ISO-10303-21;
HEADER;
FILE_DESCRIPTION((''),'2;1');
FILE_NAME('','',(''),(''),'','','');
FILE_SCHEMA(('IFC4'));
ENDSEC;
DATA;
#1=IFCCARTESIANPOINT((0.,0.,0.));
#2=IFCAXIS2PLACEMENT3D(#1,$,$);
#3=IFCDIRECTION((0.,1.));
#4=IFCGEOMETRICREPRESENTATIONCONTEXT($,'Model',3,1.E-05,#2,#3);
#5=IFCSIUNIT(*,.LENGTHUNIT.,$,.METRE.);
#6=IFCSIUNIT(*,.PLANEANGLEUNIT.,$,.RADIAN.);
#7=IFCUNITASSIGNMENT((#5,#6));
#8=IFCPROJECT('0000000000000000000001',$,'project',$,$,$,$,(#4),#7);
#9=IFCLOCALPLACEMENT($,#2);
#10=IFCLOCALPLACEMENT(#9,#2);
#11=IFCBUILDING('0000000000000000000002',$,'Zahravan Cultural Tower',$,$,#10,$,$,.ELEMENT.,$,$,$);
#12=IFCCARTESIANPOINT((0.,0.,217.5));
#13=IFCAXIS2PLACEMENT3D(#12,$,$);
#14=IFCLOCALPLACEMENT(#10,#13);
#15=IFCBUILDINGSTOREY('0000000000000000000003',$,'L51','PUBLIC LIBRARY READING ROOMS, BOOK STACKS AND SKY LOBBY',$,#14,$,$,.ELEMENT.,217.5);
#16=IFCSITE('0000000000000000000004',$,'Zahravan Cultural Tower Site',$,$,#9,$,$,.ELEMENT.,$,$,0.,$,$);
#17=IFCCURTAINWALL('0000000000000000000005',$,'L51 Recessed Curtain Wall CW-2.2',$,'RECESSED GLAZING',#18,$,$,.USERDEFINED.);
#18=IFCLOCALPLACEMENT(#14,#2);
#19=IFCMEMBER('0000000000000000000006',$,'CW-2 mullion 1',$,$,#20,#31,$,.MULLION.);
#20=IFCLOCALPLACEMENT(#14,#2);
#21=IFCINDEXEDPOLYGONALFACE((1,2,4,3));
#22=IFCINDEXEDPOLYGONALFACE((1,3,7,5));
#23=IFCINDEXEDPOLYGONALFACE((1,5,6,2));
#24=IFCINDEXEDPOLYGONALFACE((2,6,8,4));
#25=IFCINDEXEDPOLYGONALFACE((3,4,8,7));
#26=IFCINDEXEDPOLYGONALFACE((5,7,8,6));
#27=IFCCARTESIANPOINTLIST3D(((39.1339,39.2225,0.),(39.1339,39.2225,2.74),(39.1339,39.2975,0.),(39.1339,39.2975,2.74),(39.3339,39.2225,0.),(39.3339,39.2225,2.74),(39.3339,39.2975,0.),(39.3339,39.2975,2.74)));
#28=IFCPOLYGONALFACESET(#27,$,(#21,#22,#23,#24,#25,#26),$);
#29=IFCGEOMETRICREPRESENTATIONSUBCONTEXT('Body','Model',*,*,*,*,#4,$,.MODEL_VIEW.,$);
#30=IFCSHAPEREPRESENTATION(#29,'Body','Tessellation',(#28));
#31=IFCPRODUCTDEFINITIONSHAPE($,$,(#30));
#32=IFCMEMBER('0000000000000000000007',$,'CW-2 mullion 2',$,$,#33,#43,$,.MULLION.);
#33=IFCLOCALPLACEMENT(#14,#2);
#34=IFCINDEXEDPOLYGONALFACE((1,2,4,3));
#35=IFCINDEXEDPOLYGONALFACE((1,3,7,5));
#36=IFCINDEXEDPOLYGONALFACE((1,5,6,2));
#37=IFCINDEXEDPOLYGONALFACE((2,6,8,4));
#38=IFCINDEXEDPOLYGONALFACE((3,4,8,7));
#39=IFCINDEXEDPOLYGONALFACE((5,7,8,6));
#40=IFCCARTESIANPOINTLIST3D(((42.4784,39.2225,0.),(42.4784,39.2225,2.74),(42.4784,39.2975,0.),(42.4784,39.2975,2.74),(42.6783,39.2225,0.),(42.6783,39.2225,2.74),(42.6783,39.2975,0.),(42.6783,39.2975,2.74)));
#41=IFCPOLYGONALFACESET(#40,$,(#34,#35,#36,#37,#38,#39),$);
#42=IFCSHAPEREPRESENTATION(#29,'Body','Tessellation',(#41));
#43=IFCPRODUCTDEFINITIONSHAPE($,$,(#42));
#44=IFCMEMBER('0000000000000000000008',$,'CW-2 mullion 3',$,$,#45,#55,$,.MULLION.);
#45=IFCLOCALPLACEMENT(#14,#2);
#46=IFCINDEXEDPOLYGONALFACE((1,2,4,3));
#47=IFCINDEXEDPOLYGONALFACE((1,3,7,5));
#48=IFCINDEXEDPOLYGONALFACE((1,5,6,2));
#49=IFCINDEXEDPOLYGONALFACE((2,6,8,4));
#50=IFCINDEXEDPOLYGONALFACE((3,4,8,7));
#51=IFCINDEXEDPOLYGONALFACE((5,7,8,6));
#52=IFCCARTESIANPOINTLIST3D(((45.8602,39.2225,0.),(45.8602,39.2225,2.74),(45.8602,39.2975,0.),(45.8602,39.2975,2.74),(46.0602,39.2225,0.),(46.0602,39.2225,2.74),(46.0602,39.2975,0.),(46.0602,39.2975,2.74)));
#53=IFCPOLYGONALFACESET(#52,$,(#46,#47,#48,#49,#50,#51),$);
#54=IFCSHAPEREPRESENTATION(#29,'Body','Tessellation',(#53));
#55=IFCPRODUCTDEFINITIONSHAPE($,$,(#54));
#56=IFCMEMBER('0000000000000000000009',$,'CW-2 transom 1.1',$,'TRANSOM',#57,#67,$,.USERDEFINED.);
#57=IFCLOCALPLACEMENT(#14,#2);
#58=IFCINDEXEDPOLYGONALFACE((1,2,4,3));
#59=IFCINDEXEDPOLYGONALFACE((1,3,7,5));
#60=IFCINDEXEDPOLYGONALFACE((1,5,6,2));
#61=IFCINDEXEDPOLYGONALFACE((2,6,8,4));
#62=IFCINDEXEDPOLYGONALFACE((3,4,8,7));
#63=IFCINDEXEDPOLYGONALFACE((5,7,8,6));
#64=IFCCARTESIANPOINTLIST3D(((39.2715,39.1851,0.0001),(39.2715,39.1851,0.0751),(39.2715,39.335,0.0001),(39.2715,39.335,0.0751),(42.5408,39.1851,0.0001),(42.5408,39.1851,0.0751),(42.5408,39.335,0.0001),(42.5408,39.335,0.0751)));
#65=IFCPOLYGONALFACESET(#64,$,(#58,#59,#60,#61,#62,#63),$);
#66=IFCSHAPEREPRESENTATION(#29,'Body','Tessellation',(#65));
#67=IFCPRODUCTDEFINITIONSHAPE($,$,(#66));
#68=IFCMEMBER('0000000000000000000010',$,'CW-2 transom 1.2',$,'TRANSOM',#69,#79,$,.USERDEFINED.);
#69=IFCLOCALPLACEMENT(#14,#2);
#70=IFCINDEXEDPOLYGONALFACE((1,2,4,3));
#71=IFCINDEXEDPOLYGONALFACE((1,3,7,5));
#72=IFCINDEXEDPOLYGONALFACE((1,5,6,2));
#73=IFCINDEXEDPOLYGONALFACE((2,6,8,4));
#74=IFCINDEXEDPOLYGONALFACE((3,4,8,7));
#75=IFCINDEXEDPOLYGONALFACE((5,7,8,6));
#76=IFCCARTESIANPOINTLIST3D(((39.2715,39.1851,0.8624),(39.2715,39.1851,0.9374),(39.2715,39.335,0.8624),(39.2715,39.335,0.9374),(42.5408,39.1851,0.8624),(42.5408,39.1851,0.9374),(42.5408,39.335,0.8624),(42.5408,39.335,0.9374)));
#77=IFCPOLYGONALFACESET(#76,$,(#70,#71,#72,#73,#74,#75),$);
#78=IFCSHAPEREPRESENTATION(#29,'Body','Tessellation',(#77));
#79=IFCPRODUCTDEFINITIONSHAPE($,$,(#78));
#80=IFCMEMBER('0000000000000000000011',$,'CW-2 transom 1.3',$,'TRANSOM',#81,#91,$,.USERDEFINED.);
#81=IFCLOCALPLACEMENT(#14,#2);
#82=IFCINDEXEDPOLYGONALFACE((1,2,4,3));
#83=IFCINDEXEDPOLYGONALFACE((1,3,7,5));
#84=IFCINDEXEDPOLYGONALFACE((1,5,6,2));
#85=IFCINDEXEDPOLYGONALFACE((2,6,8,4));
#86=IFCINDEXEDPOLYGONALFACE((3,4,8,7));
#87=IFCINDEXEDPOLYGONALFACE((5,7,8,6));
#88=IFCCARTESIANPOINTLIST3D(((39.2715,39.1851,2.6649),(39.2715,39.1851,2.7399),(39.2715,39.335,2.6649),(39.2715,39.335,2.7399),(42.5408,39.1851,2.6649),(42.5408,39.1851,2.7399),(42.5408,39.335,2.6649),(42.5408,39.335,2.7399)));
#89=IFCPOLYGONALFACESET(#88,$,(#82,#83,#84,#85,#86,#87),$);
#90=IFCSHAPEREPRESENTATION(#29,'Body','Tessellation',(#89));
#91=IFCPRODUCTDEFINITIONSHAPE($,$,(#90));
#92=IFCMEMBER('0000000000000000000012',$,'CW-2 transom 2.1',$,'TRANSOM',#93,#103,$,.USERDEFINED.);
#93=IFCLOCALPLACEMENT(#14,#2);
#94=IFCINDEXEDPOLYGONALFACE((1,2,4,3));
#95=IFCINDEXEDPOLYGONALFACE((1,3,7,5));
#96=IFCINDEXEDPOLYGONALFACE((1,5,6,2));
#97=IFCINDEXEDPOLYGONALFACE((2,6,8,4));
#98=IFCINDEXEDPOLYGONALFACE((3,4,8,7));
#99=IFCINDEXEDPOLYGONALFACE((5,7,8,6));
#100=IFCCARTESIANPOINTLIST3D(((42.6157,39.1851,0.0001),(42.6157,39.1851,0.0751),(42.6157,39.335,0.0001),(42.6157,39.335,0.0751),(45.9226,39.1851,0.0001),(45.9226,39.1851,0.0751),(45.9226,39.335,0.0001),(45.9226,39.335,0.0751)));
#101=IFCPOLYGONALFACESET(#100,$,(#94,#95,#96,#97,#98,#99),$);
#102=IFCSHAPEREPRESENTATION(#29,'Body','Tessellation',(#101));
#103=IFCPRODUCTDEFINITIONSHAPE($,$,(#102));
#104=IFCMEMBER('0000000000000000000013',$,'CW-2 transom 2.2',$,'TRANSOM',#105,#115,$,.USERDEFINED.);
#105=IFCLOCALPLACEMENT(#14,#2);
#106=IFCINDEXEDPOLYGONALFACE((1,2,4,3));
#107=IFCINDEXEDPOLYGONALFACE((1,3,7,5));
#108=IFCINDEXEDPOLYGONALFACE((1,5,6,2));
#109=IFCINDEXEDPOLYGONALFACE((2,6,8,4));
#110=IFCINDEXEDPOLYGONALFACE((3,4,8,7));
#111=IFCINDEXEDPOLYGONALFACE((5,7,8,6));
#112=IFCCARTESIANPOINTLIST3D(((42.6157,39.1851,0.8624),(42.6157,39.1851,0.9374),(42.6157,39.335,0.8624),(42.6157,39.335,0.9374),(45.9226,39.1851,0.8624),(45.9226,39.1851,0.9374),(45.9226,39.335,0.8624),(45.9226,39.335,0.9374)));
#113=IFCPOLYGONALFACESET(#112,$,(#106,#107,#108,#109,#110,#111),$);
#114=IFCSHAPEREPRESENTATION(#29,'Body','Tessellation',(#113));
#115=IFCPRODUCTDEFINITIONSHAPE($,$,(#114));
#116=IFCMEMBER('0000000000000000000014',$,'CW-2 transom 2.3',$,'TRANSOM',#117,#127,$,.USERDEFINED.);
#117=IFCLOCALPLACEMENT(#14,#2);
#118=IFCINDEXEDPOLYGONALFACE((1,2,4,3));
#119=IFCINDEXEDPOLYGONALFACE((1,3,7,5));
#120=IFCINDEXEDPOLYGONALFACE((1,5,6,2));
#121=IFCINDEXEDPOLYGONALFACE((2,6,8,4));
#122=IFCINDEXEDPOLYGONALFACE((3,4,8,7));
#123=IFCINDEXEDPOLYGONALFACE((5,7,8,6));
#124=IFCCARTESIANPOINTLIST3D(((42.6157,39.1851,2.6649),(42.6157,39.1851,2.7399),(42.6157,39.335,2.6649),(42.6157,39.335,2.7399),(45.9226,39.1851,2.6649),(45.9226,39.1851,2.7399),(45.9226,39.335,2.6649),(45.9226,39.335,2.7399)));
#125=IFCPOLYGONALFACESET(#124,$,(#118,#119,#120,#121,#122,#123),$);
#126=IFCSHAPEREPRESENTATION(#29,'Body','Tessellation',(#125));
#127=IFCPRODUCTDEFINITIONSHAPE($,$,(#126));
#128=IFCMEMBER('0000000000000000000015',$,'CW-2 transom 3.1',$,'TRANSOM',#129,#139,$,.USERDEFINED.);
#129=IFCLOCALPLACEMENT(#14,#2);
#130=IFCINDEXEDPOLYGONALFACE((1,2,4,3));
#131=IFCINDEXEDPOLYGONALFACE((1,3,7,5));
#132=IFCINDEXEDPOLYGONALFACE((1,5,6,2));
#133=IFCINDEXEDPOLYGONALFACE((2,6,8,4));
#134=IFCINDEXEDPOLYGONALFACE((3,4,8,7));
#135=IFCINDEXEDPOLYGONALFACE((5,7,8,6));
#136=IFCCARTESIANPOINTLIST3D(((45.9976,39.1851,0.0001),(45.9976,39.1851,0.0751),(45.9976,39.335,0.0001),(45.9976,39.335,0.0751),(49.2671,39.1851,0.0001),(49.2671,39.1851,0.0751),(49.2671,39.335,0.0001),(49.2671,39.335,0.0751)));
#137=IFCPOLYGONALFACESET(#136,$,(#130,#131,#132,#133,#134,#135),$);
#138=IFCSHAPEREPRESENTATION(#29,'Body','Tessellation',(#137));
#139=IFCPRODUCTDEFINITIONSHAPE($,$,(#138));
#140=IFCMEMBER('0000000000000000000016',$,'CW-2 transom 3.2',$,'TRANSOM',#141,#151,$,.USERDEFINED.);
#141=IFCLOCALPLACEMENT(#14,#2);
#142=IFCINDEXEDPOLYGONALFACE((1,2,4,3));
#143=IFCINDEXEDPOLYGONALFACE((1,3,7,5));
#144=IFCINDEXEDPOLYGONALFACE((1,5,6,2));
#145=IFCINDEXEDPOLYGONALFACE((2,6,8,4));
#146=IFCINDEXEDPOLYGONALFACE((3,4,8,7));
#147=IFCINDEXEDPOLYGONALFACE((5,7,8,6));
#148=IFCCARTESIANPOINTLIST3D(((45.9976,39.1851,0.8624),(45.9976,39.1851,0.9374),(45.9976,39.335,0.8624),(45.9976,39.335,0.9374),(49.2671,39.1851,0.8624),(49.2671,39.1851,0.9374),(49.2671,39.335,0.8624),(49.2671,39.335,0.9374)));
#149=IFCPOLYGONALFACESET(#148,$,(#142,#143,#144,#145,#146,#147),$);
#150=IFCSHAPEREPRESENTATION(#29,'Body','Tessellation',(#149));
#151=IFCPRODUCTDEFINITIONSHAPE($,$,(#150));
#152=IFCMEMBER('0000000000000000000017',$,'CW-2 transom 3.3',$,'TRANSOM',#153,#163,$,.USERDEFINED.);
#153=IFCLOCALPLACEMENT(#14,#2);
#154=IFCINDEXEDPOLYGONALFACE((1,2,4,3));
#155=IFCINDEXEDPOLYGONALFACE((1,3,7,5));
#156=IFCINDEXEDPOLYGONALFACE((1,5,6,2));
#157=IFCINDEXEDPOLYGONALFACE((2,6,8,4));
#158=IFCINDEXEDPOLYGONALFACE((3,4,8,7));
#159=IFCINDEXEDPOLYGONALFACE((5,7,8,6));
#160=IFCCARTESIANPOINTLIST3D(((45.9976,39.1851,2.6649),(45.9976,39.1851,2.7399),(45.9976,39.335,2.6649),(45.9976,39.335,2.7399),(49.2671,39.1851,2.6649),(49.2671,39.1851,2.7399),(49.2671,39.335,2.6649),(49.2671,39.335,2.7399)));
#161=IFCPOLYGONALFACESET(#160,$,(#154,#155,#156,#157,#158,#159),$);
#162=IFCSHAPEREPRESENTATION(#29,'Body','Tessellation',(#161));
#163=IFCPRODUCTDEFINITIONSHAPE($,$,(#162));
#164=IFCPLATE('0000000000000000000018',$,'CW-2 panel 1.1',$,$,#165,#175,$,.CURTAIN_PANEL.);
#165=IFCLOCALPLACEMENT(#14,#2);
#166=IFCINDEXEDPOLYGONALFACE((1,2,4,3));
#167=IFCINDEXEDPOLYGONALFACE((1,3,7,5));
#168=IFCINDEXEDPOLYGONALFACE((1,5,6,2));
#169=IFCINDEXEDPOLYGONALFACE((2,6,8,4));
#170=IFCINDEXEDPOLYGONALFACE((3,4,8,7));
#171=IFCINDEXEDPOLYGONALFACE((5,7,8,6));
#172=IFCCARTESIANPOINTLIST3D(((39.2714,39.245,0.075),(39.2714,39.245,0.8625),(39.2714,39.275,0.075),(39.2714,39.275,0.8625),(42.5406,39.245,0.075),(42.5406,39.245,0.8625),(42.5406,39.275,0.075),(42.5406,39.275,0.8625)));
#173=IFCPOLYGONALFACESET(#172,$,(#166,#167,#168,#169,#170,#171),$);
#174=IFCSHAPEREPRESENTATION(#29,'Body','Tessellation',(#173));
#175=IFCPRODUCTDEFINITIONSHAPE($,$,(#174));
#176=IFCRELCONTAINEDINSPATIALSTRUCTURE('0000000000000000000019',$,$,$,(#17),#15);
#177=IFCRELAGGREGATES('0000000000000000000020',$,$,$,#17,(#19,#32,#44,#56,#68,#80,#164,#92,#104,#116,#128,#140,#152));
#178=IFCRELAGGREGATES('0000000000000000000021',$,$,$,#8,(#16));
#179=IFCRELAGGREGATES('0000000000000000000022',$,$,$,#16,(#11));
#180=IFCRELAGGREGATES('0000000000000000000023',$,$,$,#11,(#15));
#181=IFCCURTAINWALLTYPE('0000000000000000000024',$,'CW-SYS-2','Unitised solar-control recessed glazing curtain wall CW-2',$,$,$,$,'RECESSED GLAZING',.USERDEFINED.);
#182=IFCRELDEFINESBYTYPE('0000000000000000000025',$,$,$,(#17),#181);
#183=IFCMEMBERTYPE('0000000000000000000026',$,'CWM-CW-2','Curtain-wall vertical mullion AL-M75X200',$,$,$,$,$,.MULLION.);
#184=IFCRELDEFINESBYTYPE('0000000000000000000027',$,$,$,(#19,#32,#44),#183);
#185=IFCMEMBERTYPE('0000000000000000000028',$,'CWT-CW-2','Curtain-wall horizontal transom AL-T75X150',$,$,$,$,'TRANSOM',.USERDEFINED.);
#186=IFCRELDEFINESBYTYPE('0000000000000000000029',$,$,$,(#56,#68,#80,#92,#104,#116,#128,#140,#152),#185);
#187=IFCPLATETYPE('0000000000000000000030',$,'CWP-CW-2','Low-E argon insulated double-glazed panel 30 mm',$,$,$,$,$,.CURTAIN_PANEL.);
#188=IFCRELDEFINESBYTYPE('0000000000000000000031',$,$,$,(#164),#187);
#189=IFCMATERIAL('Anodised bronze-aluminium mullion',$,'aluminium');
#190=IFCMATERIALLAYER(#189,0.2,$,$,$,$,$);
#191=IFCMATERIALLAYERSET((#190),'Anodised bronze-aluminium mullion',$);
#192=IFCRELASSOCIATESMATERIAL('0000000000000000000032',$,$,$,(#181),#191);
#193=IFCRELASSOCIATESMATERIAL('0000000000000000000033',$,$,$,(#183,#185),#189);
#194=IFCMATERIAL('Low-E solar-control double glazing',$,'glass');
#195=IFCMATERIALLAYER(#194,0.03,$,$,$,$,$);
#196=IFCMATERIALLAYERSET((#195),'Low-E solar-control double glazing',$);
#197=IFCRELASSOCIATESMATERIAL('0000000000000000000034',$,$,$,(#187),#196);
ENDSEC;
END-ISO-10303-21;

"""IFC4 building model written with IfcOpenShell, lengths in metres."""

from ifc_helpers import new_model, si_unit, direction, frame, origin, origin_2d, place, context, subcontext, project, spatial, rectangle, extrude, source, transform, mapped, material, layer, layer_set, material_profile, profile_set, type_object, element, aggregate, save


model = new_model("IFC4")

# Units and contexts
model_context = context("Model", 3, precision=1e-05, world=origin(), true_north=direction((0.0, 1.0)))
body_context = subcontext(model_context, "Body", "Model", "MODEL_VIEW")
ifc_project = project(units=[si_unit("LENGTHUNIT", "METRE"), si_unit("PLANEANGLEUNIT", "RADIAN")], contexts=[model_context])

# Site, building, storey
site_placement = place(None, origin())
site = spatial("IfcSite", under=ifc_project, at=site_placement, Name="Zahravan Cultural Tower Site", CompositionType="ELEMENT", RefElevation=0.0)
building_placement = place(site_placement, origin())
building = spatial("IfcBuilding", under=site, at=building_placement, Name="Zahravan Cultural Tower", CompositionType="ELEMENT")
storey_placement = place(building_placement, frame((0.0, 0.0, 217.5)))
storey = spatial("IfcBuildingStorey", under=building, at=storey_placement, Name="L51", Description="PUBLIC LIBRARY READING ROOMS, BOOK STACKS AND SKY LOBBY", CompositionType="ELEMENT", Elevation=217.5)

# Curtain wall, members, plate
ifc_material_1 = material(Name="Anodised bronze-aluminium mullion", Category="aluminium")
ifc_layer_1 = layer(ifc_material_1, 0.2)
ifc_layer_set_1 = layer_set([ifc_layer_1], Name="Anodised bronze-aluminium mullion")
curtain_wall_type = type_object("IfcCurtainWallType", Name="CW-SYS-2", Description="Unitised solar-control recessed glazing curtain wall CW-2", ElementType="RECESSED GLAZING", PredefinedType="USERDEFINED", material=ifc_layer_set_1)
curtain_wall_placement = place(storey_placement, origin())
curtain_wall = element("IfcCurtainWall", 1, at=curtain_wall_placement, inside=storey, type_object=curtain_wall_type, Name="L51 Recessed Curtain Wall CW-2.2", ObjectType="RECESSED GLAZING", PredefinedType="USERDEFINED")
ifc_material_profile_1 = material_profile(ifc_material_1, rectangle(XDim=0.075, YDim=0.2, at=origin_2d()), Name="AL-M75X200")
ifc_profile_set_1 = profile_set([ifc_material_profile_1], Name="Anodised bronze-aluminium mullion")
member_type_1 = type_object("IfcMemberType", Name="CWM-CW-2", Description="Curtain-wall vertical mullion AL-M75X200", PredefinedType="MULLION", material=ifc_profile_set_1)
shared_shape_1 = source(origin(), body_context, "Body", "SweptSolid", [
    extrude(rectangle(XDim=0.075, YDim=0.2, at=origin_2d()), origin(), (0.0, 0.0, 1.0), 2.74),
])
member_1_placement = place(storey_placement, frame((39.2339, 39.26, 0.0), z_axis=(0.0, 0.0, 1.0), x_axis=(0.0, 1.0, 0.0)))
member_1 = element("IfcMember", 2, at=member_1_placement, type_object=member_type_1, Name="CW-2 mullion 1", PredefinedType="MULLION", context=body_context, shape_type="MappedRepresentation", body=[
    mapped(shared_shape_1, transform((0.0, 0.0, 0.0), x_axis=(1.0, 0.0, 0.0), y_axis=(0.0, 1.0, 0.0), z_axis=(0.0, 0.0, 1.0), scale=1.0)),
])
member_2_placement = place(storey_placement, frame((42.5784, 39.26, 0.0), z_axis=(0.0, 0.0, 1.0), x_axis=(0.0, 1.0, 0.0)))
member_2 = element("IfcMember", 3, at=member_2_placement, type_object=member_type_1, Name="CW-2 mullion 2", PredefinedType="MULLION", context=body_context, shape_type="MappedRepresentation", body=[
    mapped(shared_shape_1, transform((0.0, 0.0, 0.0), x_axis=(1.0, 0.0, 0.0), y_axis=(0.0, 1.0, 0.0), z_axis=(0.0, 0.0, 1.0), scale=1.0)),
])
member_3_placement = place(storey_placement, frame((45.9602, 39.26, 0.0), z_axis=(0.0, 0.0, 1.0), x_axis=(0.0, 1.0, 0.0)))
member_3 = element("IfcMember", 4, at=member_3_placement, type_object=member_type_1, Name="CW-2 mullion 3", PredefinedType="MULLION", context=body_context, shape_type="MappedRepresentation", body=[
    mapped(shared_shape_1, transform((0.0, 0.0, 0.0), x_axis=(1.0, 0.0, 0.0), y_axis=(0.0, 1.0, 0.0), z_axis=(0.0, 0.0, 1.0), scale=1.0)),
])
ifc_material_profile_2 = material_profile(ifc_material_1, rectangle(XDim=0.1499, YDim=0.075, at=origin_2d()), Name="AL-T75X150")
ifc_profile_set_2 = profile_set([ifc_material_profile_2], Name="Anodised bronze-aluminium mullion")
member_type_2 = type_object("IfcMemberType", Name="CWT-CW-2", Description="Curtain-wall horizontal transom AL-T75X150", ElementType="TRANSOM", PredefinedType="USERDEFINED", material=ifc_profile_set_2)
shared_shape_2 = source(origin(), body_context, "Body", "SweptSolid", [
    extrude(rectangle(XDim=0.1499, YDim=0.075, at=origin_2d()), origin(), (0.0, 0.0, 1.0), 3.2693),
])
member_4_placement = place(storey_placement, frame((39.2715, 39.26, 0.0376), z_axis=(1.0, 0.0, 0.0), x_axis=(0.0, 1.0, 0.0)))
member_4 = element("IfcMember", 5, at=member_4_placement, type_object=member_type_2, Name="CW-2 transom 1.1", ObjectType="TRANSOM", PredefinedType="USERDEFINED", context=body_context, shape_type="MappedRepresentation", body=[
    mapped(shared_shape_2, transform((0.0, 0.0, 0.0), x_axis=(1.0, 0.0, 0.0), y_axis=(0.0, 1.0, 0.0), z_axis=(0.0, 0.0, 1.0), scale=1.0)),
])
member_5_placement = place(storey_placement, frame((39.2715, 39.26, 0.8999), z_axis=(1.0, 0.0, 0.0), x_axis=(0.0, 1.0, 0.0)))
member_5 = element("IfcMember", 6, at=member_5_placement, type_object=member_type_2, Name="CW-2 transom 1.2", ObjectType="TRANSOM", PredefinedType="USERDEFINED", context=body_context, shape_type="MappedRepresentation", body=[
    mapped(shared_shape_2, transform((0.0, 0.0, 0.0), x_axis=(1.0, 0.0, 0.0), y_axis=(0.0, 1.0, 0.0), z_axis=(0.0, 0.0, 1.0), scale=1.0)),
])
member_6_placement = place(storey_placement, frame((39.2715, 39.26, 2.7024), z_axis=(1.0, 0.0, 0.0), x_axis=(0.0, 1.0, 0.0)))
member_6 = element("IfcMember", 7, at=member_6_placement, type_object=member_type_2, Name="CW-2 transom 1.3", ObjectType="TRANSOM", PredefinedType="USERDEFINED", context=body_context, shape_type="MappedRepresentation", body=[
    mapped(shared_shape_2, transform((0.0, 0.0, 0.0), x_axis=(1.0, 0.0, 0.0), y_axis=(0.0, 1.0, 0.0), z_axis=(0.0, 0.0, 1.0), scale=1.0)),
])
shared_shape_3 = source(origin(), body_context, "Body", "SweptSolid", [
    extrude(rectangle(XDim=0.1499, YDim=0.075, at=origin_2d()), origin(), (0.0, 0.0, 1.0), 3.3069),
])
member_7_placement = place(storey_placement, frame((42.6157, 39.26, 0.0376), z_axis=(1.0, 0.0, 0.0), x_axis=(0.0, 1.0, 0.0)))
member_7 = element("IfcMember", 8, at=member_7_placement, type_object=member_type_2, Name="CW-2 transom 2.1", ObjectType="TRANSOM", PredefinedType="USERDEFINED", context=body_context, shape_type="MappedRepresentation", body=[
    mapped(shared_shape_3, transform((0.0, 0.0, 0.0), x_axis=(1.0, 0.0, 0.0), y_axis=(0.0, 1.0, 0.0), z_axis=(0.0, 0.0, 1.0), scale=1.0)),
])
member_8_placement = place(storey_placement, frame((42.6157, 39.26, 0.8999), z_axis=(1.0, 0.0, 0.0), x_axis=(0.0, 1.0, 0.0)))
member_8 = element("IfcMember", 9, at=member_8_placement, type_object=member_type_2, Name="CW-2 transom 2.2", ObjectType="TRANSOM", PredefinedType="USERDEFINED", context=body_context, shape_type="MappedRepresentation", body=[
    mapped(shared_shape_3, transform((0.0, 0.0, 0.0), x_axis=(1.0, 0.0, 0.0), y_axis=(0.0, 1.0, 0.0), z_axis=(0.0, 0.0, 1.0), scale=1.0)),
])
member_9_placement = place(storey_placement, frame((42.6157, 39.26, 2.7024), z_axis=(1.0, 0.0, 0.0), x_axis=(0.0, 1.0, 0.0)))
member_9 = element("IfcMember", 10, at=member_9_placement, type_object=member_type_2, Name="CW-2 transom 2.3", ObjectType="TRANSOM", PredefinedType="USERDEFINED", context=body_context, shape_type="MappedRepresentation", body=[
    mapped(shared_shape_3, transform((0.0, 0.0, 0.0), x_axis=(1.0, 0.0, 0.0), y_axis=(0.0, 1.0, 0.0), z_axis=(0.0, 0.0, 1.0), scale=1.0)),
])
shared_shape_4 = source(origin(), body_context, "Body", "SweptSolid", [
    extrude(rectangle(XDim=0.1499, YDim=0.075, at=origin_2d()), origin(), (0.0, 0.0, 1.0), 3.2695),
])
member_10_placement = place(storey_placement, frame((45.9976, 39.26, 0.0376), z_axis=(1.0, 0.0, 0.0), x_axis=(0.0, 1.0, 0.0)))
member_10 = element("IfcMember", 11, at=member_10_placement, type_object=member_type_2, Name="CW-2 transom 3.1", ObjectType="TRANSOM", PredefinedType="USERDEFINED", context=body_context, shape_type="MappedRepresentation", body=[
    mapped(shared_shape_4, transform((0.0, 0.0, 0.0), x_axis=(1.0, 0.0, 0.0), y_axis=(0.0, 1.0, 0.0), z_axis=(0.0, 0.0, 1.0), scale=1.0)),
])
member_11_placement = place(storey_placement, frame((45.9976, 39.26, 0.8999), z_axis=(1.0, 0.0, 0.0), x_axis=(0.0, 1.0, 0.0)))
member_11 = element("IfcMember", 12, at=member_11_placement, type_object=member_type_2, Name="CW-2 transom 3.2", ObjectType="TRANSOM", PredefinedType="USERDEFINED", context=body_context, shape_type="MappedRepresentation", body=[
    mapped(shared_shape_4, transform((0.0, 0.0, 0.0), x_axis=(1.0, 0.0, 0.0), y_axis=(0.0, 1.0, 0.0), z_axis=(0.0, 0.0, 1.0), scale=1.0)),
])
member_12_placement = place(storey_placement, frame((45.9976, 39.26, 2.7024), z_axis=(1.0, 0.0, 0.0), x_axis=(0.0, 1.0, 0.0)))
member_12 = element("IfcMember", 13, at=member_12_placement, type_object=member_type_2, Name="CW-2 transom 3.3", ObjectType="TRANSOM", PredefinedType="USERDEFINED", context=body_context, shape_type="MappedRepresentation", body=[
    mapped(shared_shape_4, transform((0.0, 0.0, 0.0), x_axis=(1.0, 0.0, 0.0), y_axis=(0.0, 1.0, 0.0), z_axis=(0.0, 0.0, 1.0), scale=1.0)),
])
ifc_material_2 = material(Name="Low-E solar-control double glazing", Category="glass")
ifc_layer_2 = layer(ifc_material_2, 0.03)
ifc_layer_set_2 = layer_set([ifc_layer_2], Name="Low-E solar-control double glazing")
plate_type = type_object("IfcPlateType", Name="CWP-CW-2", Description="Low-E argon insulated double-glazed panel 30 mm", PredefinedType="CURTAIN_PANEL", material=ifc_layer_set_2)
shared_shape_5 = source(origin(), body_context, "Body", "SweptSolid", [
    extrude(rectangle(XDim=3.2693, YDim=0.03, at=origin_2d()), origin(), (0.0, 0.0, 1.0), 0.7876),
])
plate_1_placement = place(storey_placement, frame((40.906, 39.26, 0.075), z_axis=(0.0, 0.0, 1.0), x_axis=(1.0, 0.0, 0.0)))
plate_1 = element("IfcPlate", 14, at=plate_1_placement, type_object=plate_type, Name="CW-2 panel 1.1", PredefinedType="CURTAIN_PANEL", context=body_context, shape_type="MappedRepresentation", body=[
    mapped(shared_shape_5, transform((0.0, 0.0, 0.0), x_axis=(1.0, 0.0, 0.0), y_axis=(0.0, 1.0, 0.0), z_axis=(0.0, 0.0, 1.0), scale=1.0)),
])
aggregate(curtain_wall, [member_1, member_2, member_3, member_4, member_5, member_6, plate_1, member_7, member_8, member_9, member_10, member_11, member_12])

save(model, "model.ifc")
